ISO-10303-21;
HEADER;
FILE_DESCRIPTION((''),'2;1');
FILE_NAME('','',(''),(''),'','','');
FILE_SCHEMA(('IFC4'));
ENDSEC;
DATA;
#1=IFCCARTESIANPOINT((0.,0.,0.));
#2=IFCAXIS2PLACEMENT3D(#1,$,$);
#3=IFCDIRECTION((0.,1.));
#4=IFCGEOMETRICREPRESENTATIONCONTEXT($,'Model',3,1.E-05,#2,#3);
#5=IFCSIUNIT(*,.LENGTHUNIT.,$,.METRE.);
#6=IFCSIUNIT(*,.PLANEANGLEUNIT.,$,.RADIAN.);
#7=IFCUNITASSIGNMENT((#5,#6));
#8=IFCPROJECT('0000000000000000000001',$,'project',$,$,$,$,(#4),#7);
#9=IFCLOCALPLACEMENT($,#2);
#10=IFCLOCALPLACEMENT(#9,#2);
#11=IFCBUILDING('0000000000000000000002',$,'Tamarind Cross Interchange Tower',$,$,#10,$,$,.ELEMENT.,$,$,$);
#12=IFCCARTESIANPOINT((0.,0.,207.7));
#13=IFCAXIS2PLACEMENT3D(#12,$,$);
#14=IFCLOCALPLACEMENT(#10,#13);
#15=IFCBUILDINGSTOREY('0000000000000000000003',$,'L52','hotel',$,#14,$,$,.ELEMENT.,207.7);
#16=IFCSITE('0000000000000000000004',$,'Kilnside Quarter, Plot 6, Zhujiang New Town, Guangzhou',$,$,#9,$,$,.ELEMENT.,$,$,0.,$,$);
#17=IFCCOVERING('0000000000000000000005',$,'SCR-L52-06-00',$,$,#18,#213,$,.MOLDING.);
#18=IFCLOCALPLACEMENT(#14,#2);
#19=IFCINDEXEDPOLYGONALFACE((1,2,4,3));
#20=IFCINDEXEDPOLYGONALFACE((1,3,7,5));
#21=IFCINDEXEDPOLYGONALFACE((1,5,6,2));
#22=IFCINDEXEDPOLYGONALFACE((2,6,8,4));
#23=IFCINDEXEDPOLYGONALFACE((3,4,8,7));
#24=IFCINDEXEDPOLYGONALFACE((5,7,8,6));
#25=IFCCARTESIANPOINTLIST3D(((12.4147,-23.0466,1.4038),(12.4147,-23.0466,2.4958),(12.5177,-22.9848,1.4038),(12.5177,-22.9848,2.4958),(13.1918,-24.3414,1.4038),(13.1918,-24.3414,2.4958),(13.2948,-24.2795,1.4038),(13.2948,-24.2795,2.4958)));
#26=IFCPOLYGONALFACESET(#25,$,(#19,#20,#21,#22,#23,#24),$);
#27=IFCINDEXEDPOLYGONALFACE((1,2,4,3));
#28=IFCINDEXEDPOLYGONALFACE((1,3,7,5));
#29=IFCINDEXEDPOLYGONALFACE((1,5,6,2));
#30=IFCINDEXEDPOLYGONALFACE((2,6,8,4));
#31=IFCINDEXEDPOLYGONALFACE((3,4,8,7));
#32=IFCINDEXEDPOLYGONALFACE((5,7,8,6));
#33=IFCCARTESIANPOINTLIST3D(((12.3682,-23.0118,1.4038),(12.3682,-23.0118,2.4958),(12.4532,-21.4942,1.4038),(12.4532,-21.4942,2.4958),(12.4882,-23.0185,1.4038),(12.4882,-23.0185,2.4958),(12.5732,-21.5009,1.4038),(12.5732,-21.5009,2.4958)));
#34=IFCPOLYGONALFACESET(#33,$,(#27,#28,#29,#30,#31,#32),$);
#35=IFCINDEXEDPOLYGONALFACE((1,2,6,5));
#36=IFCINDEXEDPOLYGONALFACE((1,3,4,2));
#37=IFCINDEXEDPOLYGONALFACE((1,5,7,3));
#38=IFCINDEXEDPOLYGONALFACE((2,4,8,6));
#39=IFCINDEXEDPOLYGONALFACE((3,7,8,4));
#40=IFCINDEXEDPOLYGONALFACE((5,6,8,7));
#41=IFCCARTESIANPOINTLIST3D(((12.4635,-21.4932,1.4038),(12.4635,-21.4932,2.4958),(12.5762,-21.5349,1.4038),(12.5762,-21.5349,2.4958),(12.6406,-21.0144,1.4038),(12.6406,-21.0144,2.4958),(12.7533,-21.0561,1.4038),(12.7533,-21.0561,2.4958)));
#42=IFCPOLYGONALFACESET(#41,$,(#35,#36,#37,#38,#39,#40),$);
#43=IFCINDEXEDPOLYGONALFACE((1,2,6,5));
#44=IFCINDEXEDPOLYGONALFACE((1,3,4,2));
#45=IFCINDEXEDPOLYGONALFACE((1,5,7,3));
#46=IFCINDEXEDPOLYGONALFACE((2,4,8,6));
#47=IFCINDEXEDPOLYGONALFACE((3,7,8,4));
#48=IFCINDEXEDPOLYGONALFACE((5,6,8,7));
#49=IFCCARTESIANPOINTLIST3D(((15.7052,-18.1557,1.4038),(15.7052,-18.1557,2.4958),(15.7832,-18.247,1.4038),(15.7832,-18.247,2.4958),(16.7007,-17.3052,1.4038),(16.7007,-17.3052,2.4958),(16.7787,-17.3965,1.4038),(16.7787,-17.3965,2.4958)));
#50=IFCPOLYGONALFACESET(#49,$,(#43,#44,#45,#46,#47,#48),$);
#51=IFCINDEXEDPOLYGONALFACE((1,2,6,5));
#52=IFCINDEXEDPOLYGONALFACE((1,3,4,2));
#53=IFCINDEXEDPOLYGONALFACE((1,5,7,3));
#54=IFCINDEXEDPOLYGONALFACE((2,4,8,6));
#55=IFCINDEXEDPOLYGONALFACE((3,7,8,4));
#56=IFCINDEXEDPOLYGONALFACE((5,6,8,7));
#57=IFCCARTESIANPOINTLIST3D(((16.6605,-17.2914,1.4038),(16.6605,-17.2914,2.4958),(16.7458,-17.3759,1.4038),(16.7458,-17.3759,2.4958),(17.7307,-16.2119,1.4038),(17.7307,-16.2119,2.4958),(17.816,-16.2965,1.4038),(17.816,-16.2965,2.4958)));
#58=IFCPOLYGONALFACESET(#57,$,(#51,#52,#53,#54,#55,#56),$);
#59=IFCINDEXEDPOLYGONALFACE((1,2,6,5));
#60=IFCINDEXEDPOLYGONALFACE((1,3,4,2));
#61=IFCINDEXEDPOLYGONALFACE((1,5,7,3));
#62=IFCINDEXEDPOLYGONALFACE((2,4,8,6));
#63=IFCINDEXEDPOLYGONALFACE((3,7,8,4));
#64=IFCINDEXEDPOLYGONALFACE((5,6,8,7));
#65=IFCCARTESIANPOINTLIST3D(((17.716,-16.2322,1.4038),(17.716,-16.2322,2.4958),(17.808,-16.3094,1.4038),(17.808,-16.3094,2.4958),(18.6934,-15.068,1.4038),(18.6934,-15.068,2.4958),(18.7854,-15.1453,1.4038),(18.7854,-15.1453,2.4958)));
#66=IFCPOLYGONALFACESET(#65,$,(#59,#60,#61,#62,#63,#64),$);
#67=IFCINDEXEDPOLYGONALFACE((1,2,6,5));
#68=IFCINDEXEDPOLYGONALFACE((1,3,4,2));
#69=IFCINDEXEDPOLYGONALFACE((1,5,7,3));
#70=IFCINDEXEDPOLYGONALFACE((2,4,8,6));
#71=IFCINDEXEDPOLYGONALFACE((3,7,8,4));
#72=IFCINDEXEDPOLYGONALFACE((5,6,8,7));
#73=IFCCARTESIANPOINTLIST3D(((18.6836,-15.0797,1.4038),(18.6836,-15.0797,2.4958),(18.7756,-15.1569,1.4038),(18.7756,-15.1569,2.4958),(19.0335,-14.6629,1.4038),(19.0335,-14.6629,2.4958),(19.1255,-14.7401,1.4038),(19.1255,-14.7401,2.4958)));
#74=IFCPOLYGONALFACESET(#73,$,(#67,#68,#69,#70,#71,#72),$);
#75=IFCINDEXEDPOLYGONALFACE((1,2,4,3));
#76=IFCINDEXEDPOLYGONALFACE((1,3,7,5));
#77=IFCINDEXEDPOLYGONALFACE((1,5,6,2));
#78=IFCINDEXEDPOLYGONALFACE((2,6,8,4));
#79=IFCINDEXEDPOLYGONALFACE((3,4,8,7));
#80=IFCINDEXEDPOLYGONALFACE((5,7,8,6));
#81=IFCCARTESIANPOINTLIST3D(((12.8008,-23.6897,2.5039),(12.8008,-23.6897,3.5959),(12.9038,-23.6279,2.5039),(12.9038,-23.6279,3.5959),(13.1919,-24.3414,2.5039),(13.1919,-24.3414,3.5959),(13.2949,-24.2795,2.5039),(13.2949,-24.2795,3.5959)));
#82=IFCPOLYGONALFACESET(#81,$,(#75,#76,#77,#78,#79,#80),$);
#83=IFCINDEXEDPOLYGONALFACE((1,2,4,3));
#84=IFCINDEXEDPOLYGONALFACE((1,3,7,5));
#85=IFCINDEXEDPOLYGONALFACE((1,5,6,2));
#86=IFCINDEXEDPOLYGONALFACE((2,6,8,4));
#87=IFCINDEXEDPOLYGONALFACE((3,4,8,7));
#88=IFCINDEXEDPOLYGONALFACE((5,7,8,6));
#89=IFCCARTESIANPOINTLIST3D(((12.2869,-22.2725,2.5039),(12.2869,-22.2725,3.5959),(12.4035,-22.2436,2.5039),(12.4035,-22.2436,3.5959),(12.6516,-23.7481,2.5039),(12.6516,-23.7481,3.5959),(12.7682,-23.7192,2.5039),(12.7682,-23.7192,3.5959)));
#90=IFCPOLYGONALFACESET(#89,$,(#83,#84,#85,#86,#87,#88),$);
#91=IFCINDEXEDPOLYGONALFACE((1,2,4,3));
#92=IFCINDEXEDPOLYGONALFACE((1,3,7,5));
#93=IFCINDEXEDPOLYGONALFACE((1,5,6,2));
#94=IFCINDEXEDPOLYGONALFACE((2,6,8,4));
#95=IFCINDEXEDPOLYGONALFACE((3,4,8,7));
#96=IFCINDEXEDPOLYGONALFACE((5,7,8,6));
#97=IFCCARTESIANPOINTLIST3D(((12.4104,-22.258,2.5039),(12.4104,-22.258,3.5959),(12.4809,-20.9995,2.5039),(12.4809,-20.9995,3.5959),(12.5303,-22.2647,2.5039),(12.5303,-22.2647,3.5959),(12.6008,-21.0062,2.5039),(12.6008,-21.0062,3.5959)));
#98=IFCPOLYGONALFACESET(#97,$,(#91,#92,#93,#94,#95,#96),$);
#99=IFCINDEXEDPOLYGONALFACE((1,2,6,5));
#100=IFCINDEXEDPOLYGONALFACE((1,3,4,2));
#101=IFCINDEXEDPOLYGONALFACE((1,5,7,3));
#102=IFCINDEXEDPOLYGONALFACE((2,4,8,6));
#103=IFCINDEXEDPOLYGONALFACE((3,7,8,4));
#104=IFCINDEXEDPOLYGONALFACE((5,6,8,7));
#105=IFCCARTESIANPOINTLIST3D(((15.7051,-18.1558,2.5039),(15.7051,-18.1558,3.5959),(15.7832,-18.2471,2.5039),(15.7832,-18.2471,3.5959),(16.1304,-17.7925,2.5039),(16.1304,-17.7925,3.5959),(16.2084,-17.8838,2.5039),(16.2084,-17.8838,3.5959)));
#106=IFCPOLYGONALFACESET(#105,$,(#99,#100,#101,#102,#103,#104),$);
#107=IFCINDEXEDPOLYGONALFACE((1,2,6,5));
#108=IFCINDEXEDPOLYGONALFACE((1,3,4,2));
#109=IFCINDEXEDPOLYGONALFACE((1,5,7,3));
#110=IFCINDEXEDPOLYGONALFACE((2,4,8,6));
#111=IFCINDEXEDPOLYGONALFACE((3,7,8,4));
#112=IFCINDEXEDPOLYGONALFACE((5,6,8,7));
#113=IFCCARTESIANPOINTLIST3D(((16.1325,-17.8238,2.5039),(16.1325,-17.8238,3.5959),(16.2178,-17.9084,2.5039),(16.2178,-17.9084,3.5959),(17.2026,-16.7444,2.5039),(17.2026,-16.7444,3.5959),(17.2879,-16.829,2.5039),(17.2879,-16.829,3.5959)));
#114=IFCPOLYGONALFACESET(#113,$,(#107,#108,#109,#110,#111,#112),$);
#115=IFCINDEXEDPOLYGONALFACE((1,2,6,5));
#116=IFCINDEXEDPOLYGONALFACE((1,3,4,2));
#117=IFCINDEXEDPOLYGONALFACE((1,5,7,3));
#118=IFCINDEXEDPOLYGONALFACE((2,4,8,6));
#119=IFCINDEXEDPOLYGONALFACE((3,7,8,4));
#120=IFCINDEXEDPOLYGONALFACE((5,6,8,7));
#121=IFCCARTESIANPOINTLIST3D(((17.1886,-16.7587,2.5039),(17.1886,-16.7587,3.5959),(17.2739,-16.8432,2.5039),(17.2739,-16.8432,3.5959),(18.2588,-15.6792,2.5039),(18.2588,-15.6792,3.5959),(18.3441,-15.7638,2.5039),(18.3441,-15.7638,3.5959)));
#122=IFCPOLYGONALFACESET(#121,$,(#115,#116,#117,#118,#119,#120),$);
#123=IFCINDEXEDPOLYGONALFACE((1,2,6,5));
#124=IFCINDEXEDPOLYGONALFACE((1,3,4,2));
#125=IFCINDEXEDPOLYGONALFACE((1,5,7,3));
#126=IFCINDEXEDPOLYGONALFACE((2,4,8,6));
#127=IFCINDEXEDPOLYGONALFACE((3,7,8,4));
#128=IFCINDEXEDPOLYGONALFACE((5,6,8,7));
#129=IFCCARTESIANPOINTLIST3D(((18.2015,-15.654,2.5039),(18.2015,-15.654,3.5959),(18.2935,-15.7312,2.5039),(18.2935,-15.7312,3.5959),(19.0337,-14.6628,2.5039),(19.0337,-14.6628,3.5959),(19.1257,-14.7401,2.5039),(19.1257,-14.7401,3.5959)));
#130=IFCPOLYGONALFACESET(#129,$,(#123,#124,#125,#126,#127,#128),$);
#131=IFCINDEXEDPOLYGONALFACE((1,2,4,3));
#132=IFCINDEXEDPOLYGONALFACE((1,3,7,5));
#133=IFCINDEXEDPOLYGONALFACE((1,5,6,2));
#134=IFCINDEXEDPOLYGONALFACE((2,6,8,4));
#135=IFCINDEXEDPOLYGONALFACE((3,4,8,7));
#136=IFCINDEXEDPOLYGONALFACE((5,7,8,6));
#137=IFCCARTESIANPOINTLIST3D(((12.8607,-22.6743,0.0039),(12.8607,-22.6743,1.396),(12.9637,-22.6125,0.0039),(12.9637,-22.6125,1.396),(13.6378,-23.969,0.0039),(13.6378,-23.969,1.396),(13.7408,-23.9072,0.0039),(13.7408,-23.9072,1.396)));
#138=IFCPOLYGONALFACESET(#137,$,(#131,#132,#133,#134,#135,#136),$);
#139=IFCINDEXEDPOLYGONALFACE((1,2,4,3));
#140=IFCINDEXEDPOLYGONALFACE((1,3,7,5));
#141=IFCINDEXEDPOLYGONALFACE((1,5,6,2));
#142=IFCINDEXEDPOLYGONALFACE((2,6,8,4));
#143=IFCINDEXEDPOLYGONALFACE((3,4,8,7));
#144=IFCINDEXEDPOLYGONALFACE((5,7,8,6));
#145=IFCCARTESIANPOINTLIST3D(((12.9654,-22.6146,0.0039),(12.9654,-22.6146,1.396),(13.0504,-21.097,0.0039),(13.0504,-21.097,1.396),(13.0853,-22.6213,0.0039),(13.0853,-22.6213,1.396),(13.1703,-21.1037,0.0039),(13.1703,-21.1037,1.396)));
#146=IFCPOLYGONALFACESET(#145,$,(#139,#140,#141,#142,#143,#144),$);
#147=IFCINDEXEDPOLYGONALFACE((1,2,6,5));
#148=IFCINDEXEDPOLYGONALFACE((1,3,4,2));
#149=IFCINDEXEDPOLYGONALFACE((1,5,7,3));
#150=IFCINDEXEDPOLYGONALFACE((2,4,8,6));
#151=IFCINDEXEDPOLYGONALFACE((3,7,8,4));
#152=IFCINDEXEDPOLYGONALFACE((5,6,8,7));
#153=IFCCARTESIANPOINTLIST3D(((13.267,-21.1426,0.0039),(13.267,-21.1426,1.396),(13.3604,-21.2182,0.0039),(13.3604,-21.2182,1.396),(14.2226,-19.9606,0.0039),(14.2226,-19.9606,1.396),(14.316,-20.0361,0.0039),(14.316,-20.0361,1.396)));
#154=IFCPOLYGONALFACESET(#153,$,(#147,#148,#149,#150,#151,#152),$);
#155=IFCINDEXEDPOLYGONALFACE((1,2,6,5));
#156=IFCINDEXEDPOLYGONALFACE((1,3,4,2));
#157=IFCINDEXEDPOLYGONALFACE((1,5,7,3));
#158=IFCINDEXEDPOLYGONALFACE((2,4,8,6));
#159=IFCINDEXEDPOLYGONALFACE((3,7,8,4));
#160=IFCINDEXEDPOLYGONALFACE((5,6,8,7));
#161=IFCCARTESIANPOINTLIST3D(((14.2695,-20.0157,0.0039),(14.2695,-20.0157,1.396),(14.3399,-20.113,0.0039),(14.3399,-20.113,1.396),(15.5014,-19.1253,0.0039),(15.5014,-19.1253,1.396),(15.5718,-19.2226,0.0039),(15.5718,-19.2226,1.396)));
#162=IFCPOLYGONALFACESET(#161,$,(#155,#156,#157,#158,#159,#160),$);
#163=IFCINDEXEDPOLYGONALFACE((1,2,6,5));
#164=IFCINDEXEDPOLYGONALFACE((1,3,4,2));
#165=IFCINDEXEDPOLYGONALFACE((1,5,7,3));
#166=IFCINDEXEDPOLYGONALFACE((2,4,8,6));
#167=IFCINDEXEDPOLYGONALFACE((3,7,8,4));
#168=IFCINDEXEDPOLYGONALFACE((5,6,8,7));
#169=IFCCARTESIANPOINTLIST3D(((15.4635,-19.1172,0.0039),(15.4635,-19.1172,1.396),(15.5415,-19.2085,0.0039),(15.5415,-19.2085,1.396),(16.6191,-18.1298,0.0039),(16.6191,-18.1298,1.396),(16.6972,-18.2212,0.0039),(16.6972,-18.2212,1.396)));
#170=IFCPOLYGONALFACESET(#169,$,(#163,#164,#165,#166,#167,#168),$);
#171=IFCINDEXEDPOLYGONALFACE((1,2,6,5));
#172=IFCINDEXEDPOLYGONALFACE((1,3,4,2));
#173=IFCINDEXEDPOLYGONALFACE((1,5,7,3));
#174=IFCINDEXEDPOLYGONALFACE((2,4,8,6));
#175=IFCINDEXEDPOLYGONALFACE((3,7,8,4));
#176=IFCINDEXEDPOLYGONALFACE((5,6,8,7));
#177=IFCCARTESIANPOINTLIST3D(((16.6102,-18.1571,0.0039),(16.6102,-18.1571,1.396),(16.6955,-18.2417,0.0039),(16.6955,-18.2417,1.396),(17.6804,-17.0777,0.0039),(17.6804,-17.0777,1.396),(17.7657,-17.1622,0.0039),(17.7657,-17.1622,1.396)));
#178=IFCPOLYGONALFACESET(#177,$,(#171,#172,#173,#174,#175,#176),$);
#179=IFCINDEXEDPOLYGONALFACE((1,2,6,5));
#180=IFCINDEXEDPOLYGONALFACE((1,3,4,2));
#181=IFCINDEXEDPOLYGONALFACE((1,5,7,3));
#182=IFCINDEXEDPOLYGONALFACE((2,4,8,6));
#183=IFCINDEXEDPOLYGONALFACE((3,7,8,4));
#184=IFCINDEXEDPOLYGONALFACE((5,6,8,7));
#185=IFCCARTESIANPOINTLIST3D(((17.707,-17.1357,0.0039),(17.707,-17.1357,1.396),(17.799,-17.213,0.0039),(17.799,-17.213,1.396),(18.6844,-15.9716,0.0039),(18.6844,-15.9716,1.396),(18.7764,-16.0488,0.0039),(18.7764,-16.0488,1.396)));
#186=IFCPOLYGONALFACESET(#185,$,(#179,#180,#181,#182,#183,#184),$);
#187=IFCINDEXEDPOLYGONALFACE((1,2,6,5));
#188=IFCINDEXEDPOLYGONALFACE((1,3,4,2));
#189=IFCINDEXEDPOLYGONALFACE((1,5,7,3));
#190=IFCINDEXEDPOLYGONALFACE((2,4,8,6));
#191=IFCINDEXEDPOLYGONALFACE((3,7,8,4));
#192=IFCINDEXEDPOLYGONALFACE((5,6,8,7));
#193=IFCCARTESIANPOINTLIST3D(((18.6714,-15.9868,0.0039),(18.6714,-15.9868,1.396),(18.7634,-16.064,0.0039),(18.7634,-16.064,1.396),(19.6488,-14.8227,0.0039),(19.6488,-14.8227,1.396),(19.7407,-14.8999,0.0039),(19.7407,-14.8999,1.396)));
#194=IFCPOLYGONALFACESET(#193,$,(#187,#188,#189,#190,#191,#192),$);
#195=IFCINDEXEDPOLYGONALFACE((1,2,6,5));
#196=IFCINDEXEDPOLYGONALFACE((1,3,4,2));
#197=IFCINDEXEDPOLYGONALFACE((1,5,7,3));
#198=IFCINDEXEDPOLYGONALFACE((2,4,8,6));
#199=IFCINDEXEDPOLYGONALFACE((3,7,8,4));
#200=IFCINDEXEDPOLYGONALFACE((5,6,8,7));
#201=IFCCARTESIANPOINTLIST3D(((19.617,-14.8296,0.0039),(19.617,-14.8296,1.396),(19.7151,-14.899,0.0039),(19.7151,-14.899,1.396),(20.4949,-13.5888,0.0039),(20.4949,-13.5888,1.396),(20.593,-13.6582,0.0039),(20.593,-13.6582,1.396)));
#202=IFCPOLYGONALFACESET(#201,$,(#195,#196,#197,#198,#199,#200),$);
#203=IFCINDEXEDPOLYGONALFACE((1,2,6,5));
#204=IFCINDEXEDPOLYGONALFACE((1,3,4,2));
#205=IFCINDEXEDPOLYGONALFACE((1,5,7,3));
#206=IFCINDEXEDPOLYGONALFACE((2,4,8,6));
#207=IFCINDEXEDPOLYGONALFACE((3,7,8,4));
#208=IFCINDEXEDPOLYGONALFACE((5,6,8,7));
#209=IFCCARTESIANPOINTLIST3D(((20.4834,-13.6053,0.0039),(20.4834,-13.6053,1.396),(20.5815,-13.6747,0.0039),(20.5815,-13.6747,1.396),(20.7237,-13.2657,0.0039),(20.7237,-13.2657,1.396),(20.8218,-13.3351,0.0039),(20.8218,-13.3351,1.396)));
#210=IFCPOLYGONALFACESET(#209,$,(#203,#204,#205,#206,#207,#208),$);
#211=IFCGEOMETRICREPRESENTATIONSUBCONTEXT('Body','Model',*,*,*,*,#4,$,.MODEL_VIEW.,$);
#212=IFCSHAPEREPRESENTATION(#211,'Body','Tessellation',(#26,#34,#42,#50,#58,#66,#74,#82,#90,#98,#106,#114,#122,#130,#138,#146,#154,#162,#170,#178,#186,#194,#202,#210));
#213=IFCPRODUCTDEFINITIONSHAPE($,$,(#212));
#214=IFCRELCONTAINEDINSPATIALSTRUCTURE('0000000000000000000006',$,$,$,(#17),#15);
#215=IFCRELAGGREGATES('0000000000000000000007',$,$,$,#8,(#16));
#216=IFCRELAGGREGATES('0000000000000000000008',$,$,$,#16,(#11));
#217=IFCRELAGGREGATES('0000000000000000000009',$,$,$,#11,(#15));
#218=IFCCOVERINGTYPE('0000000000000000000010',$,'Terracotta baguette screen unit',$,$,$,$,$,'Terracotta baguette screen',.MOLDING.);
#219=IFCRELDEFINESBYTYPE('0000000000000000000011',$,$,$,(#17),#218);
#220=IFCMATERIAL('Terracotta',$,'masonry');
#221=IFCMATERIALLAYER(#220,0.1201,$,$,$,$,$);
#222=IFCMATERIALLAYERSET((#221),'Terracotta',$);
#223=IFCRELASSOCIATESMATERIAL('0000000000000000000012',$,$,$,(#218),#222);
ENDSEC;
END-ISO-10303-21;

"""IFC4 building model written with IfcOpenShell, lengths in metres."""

from ifc_helpers import new_model, si_unit, direction, frame, origin, origin_2d, place, context, subcontext, project, spatial, rectangle, extrude, material, layer, layer_set, type_object, element, save


model = new_model("IFC4")

# Units and contexts
model_context = context("Model", 3, precision=1e-05, world=origin(), true_north=direction((0.0, 1.0)))
body_context = subcontext(model_context, "Body", "Model", "MODEL_VIEW")
ifc_project = project(units=[si_unit("LENGTHUNIT", "METRE"), si_unit("PLANEANGLEUNIT", "RADIAN")], contexts=[model_context])

# Site, building, storey
site_placement = place(None, origin())
site = spatial("IfcSite", under=ifc_project, at=site_placement, Name="Kilnside Quarter, Plot 6, Zhujiang New Town, Guangzhou", CompositionType="ELEMENT", RefElevation=0.0)
building_placement = place(site_placement, origin())
building = spatial("IfcBuilding", under=site, at=building_placement, Name="Tamarind Cross Interchange Tower", CompositionType="ELEMENT")
storey_placement = place(building_placement, frame((0.0, 0.0, 207.7)))
storey = spatial("IfcBuildingStorey", under=building, at=storey_placement, Name="L52", Description="hotel", CompositionType="ELEMENT", Elevation=207.7)

# Covering
ifc_material_1 = material(Name="Terracotta", Category="masonry")
ifc_layer_1 = layer(ifc_material_1, 0.1201)
ifc_layer_set_1 = layer_set([ifc_layer_1], Name="Terracotta")
covering_type = type_object("IfcCoveringType", Name="Terracotta baguette screen unit", ElementType="Terracotta baguette screen", PredefinedType="MOLDING", material=ifc_layer_set_1)
covering_1_placement = place(storey_placement, origin())
element("IfcCovering", 1, at=covering_1_placement, inside=storey, type_object=covering_type, Name="SCR-L52-06-00", PredefinedType="MOLDING", context=body_context, shape_type="SweptSolid", body=[
    extrude(rectangle(XDim=1.51, YDim=0.1201, at=origin_2d()), frame((12.8547, -23.6631, 1.4038), z_axis=(0.0, 0.0, 1.0), x_axis=(-0.514615, 0.857421, 0.0)), (0.0, 0.0, 1.0), 1.092),
    extrude(rectangle(XDim=1.52, YDim=0.1201, at=origin_2d()), frame((12.4707, -22.2563, 1.4038), z_axis=(0.0, 0.0, 1.0), x_axis=(0.055934, 0.998434, 0.0)), (0.0, 0.0, 1.0), 1.092),
    extrude(rectangle(XDim=0.5105, YDim=0.1201, at=origin_2d()), frame((12.6084, -21.2747, 1.4038), z_axis=(0.0, 0.0, 1.0), x_axis=(0.346862, 0.937916, 0.0)), (0.0, 0.0, 1.0), 1.092),
    extrude(rectangle(XDim=1.3093, YDim=0.1201, at=origin_2d()), frame((16.2419, -17.7761, 1.4038), z_axis=(0.0, 0.0, 1.0), x_axis=(0.760296, 0.649577, 0.0)), (0.0, 0.0, 1.0), 1.092),
    extrude(rectangle(XDim=1.52, YDim=0.1201, at=origin_2d()), frame((17.2383, -16.7939, 1.4038), z_axis=(0.0, 0.0, 1.0), x_axis=(0.704057, 0.710143, 0.0)), (0.0, 0.0, 1.0), 1.092),
    extrude(rectangle(XDim=1.52, YDim=0.1201, at=origin_2d()), frame((18.2507, -15.6887, 1.4038), z_axis=(0.0, 0.0, 1.0), x_axis=(0.643009, 0.765858, 0.0)), (0.0, 0.0, 1.0), 1.092),
    extrude(rectangle(XDim=0.5442, YDim=0.1201, at=origin_2d()), frame((18.9045, -14.9099, 1.4038), z_axis=(0.0, 0.0, 1.0), x_axis=(0.643009, 0.765858, 0.0)), (0.0, 0.0, 1.0), 1.092),
    extrude(rectangle(XDim=0.76, YDim=0.1201, at=origin_2d()), frame((13.0479, -23.9846, 2.5039), z_axis=(0.0, 0.0, 1.0), x_axis=(-0.514615, 0.857421, 0.0)), (0.0, 0.0, 1.0), 1.092),
    extrude(rectangle(XDim=1.52, YDim=0.1201, at=origin_2d()), frame((12.5276, -22.9958, 2.5039), z_axis=(0.0, 0.0, 1.0), x_axis=(-0.239934, 0.970789, 0.0)), (0.0, 0.0, 1.0), 1.092),
    extrude(rectangle(XDim=1.2605, YDim=0.1201, at=origin_2d()), frame((12.5056, -21.6321, 2.5039), z_axis=(0.0, 0.0, 1.0), x_axis=(0.055934, 0.998434, 0.0)), (0.0, 0.0, 1.0), 1.092),
    extrude(rectangle(XDim=0.5593, YDim=0.1201, at=origin_2d()), frame((15.9568, -18.0198, 2.5039), z_axis=(0.0, 0.0, 1.0), x_axis=(0.760296, 0.649577, 0.0)), (0.0, 0.0, 1.0), 1.092),
    extrude(rectangle(XDim=1.52, YDim=0.1201, at=origin_2d()), frame((16.7102, -17.3264, 2.5039), z_axis=(0.0, 0.0, 1.0), x_axis=(0.704057, 0.710143, 0.0)), (0.0, 0.0, 1.0), 1.092),
    extrude(rectangle(XDim=1.52, YDim=0.1201, at=origin_2d()), frame((17.7664, -16.2612, 2.5039), z_axis=(0.0, 0.0, 1.0), x_axis=(0.704057, 0.710143, 0.0)), (0.0, 0.0, 1.0), 1.092),
    extrude(rectangle(XDim=1.2942, YDim=0.1201, at=origin_2d()), frame((18.6636, -15.197, 2.5039), z_axis=(0.0, 0.0, 1.0), x_axis=(0.643009, 0.765858, 0.0)), (0.0, 0.0, 1.0), 1.092),
    extrude(rectangle(XDim=1.51, YDim=0.1201, at=origin_2d()), frame((13.3008, -23.2908, 0.0039), z_axis=(0.0, 0.0, 1.0), x_axis=(-0.514615, 0.857421, 0.0)), (0.0, 0.0, 1.0), 1.3921),
    extrude(rectangle(XDim=1.52, YDim=0.1201, at=origin_2d()), frame((13.0679, -21.8591, 0.0039), z_axis=(0.0, 0.0, 1.0), x_axis=(0.055934, 0.998434, 0.0)), (0.0, 0.0, 1.0), 1.3921),
    extrude(rectangle(XDim=1.52, YDim=0.1201, at=origin_2d()), frame((13.7915, -20.5894, 0.0039), z_axis=(0.0, 0.0, 1.0), x_axis=(0.628657, 0.777683, 0.0)), (0.0, 0.0, 1.0), 1.3921),
    extrude(rectangle(XDim=1.52, YDim=0.1201, at=origin_2d()), frame((14.9207, -19.6191, 0.0039), z_axis=(0.0, 0.0, 1.0), x_axis=(0.810455, 0.585801, 0.0)), (0.0, 0.0, 1.0), 1.3921),
    extrude(rectangle(XDim=1.52, YDim=0.1201, at=origin_2d()), frame((16.0803, -18.6692, 0.0039), z_axis=(0.0, 0.0, 1.0), x_axis=(0.760296, 0.649577, 0.0)), (0.0, 0.0, 1.0), 1.3921),
    extrude(rectangle(XDim=1.52, YDim=0.1201, at=origin_2d()), frame((17.188, -17.6597, 0.0039), z_axis=(0.0, 0.0, 1.0), x_axis=(0.704057, 0.710143, 0.0)), (0.0, 0.0, 1.0), 1.3921),
    extrude(rectangle(XDim=1.52, YDim=0.1201, at=origin_2d()), frame((18.2417, -16.5923, 0.0039), z_axis=(0.0, 0.0, 1.0), x_axis=(0.643009, 0.765858, 0.0)), (0.0, 0.0, 1.0), 1.3921),
    extrude(rectangle(XDim=1.52, YDim=0.1201, at=origin_2d()), frame((19.2061, -15.4434, 0.0039), z_axis=(0.0, 0.0, 1.0), x_axis=(0.643009, 0.765858, 0.0)), (0.0, 0.0, 1.0), 1.3921),
    extrude(rectangle(XDim=1.52, YDim=0.1201, at=origin_2d()), frame((20.105, -14.2439, 0.0039), z_axis=(0.0, 0.0, 1.0), x_axis=(0.577569, 0.816342, 0.0)), (0.0, 0.0, 1.0), 1.3921),
    extrude(rectangle(XDim=0.416, YDim=0.1201, at=origin_2d()), frame((20.6526, -13.4702, 0.0039), z_axis=(0.0, 0.0, 1.0), x_axis=(0.577569, 0.816342, 0.0)), (0.0, 0.0, 1.0), 1.3921),
])

save(model, "model.ifc")
